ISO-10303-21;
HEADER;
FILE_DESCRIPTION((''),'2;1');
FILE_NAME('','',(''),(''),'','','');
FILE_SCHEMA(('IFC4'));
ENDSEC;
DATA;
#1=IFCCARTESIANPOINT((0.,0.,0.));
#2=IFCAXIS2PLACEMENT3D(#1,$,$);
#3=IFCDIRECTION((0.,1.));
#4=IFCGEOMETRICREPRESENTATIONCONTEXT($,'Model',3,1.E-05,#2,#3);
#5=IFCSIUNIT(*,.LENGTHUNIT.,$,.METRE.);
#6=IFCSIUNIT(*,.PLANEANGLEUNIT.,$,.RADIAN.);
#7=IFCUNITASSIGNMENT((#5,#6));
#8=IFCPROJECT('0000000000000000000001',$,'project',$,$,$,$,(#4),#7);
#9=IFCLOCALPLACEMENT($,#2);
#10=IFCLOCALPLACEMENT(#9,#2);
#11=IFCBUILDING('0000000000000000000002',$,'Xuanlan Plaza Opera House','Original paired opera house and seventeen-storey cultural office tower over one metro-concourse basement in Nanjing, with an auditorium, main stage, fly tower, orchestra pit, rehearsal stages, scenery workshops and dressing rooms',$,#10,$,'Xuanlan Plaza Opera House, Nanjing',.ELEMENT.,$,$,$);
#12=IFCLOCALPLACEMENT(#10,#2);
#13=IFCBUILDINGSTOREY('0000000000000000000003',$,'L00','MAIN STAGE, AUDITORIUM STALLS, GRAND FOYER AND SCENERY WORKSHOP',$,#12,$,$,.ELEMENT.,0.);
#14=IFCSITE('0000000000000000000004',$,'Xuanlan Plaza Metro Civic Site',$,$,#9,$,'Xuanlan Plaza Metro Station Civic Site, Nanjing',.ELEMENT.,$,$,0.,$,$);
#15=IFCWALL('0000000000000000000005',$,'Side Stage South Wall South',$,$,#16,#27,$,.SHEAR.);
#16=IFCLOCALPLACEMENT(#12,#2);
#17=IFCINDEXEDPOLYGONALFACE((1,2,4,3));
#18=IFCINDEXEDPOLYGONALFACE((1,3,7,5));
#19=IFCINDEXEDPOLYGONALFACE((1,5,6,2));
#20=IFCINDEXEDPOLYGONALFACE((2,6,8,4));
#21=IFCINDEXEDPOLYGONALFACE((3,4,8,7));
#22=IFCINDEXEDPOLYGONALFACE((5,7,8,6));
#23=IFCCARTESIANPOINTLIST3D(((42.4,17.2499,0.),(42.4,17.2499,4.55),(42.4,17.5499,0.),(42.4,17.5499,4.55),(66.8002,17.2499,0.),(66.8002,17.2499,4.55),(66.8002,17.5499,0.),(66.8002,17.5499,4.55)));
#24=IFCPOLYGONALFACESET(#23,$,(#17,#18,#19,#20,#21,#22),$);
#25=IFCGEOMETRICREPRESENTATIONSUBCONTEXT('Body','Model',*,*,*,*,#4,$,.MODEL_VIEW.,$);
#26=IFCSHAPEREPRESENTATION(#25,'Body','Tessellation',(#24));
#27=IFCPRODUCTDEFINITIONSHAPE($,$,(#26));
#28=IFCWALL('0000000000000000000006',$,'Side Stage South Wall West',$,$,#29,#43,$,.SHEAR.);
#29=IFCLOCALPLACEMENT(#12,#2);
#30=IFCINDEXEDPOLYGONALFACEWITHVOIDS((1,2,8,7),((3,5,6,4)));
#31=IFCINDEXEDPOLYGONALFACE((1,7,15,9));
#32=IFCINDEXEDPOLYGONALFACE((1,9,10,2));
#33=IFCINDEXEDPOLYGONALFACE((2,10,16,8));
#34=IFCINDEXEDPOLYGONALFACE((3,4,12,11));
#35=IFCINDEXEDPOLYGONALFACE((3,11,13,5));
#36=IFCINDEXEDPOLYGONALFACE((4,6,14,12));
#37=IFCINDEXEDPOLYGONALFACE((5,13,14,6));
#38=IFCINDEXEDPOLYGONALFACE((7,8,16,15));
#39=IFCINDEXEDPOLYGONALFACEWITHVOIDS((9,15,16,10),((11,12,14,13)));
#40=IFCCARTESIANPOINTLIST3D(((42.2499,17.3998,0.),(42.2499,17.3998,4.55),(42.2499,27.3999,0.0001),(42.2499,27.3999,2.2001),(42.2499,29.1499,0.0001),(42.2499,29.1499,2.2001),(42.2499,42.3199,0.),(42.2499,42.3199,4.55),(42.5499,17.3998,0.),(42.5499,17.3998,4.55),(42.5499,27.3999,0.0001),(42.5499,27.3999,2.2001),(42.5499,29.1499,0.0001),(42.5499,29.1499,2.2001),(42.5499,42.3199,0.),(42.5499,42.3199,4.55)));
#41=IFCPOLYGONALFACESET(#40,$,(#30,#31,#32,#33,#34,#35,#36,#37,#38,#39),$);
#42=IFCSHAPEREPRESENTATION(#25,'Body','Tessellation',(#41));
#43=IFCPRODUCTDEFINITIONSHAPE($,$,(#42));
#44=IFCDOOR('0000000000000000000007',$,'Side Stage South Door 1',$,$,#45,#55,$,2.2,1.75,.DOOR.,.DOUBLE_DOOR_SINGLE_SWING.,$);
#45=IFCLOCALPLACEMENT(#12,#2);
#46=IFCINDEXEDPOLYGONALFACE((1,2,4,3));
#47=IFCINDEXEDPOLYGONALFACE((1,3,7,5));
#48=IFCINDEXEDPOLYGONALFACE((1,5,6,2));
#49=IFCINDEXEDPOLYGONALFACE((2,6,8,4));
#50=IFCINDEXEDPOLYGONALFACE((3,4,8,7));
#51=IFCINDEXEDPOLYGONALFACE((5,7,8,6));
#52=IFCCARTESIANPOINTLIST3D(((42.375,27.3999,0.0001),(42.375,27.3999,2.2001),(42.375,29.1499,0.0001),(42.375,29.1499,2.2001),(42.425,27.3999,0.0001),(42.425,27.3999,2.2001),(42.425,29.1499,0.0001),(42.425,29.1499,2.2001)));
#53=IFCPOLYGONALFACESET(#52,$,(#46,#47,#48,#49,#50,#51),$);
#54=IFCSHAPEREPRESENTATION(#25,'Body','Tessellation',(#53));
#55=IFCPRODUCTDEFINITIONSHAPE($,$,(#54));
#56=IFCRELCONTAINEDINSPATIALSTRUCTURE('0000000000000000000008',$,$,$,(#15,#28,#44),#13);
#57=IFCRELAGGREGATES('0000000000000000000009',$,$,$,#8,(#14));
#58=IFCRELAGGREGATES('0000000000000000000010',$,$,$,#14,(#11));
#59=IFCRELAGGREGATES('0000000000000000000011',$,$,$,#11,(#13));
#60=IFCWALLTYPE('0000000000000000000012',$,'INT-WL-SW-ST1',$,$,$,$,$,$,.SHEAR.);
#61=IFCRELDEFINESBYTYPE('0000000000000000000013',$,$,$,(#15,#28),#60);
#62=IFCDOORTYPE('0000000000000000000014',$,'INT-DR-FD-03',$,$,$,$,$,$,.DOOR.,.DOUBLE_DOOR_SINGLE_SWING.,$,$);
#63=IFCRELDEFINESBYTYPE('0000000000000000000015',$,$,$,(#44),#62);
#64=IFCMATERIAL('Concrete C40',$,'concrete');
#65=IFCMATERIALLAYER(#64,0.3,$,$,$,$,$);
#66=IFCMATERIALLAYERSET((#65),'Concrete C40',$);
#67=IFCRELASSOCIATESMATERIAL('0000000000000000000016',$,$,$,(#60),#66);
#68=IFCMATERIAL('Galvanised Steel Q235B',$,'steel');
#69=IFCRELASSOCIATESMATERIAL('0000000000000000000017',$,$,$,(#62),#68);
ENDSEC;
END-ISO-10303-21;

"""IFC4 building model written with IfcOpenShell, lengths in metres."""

from ifc_helpers import new_model, si_unit, direction, frame, frame_2d, origin, place, context, subcontext, project, spatial, rectangle, extrude, material, layer, layer_set, type_object, element, fill, save


model = new_model("IFC4")

# Units and contexts
model_context = context("Model", 3, precision=1e-05, world=origin(), true_north=direction((0.0, 1.0)))
body_context = subcontext(model_context, "Body", "Model", "MODEL_VIEW")
ifc_project = project(units=[si_unit("LENGTHUNIT", "METRE"), si_unit("PLANEANGLEUNIT", "RADIAN")], contexts=[model_context])

# Site, building, storey
site_placement = place(None, origin())
site = spatial("IfcSite", under=ifc_project, at=site_placement, Name="Xuanlan Plaza Metro Civic Site", LongName="Xuanlan Plaza Metro Station Civic Site, Nanjing", CompositionType="ELEMENT", RefElevation=0.0)
building_placement = place(site_placement, origin())
building = spatial("IfcBuilding", under=site, at=building_placement, Name="Xuanlan Plaza Opera House", Description="Original paired opera house and seventeen-storey cultural office tower over one metro-concourse basement in Nanjing, with an auditorium, main stage, fly tower, orchestra pit, rehearsal stages, scenery workshops and dressing rooms", LongName="Xuanlan Plaza Opera House, Nanjing", CompositionType="ELEMENT")
storey_placement = place(building_placement, origin())
storey = spatial("IfcBuildingStorey", under=building, at=storey_placement, Name="L00", Description="MAIN STAGE, AUDITORIUM STALLS, GRAND FOYER AND SCENERY WORKSHOP", CompositionType="ELEMENT", Elevation=0.0)

# Shared definitions
ifc_material_1 = material(Name="Concrete C40", Category="concrete")

# Wall
ifc_layer = layer(ifc_material_1, 0.3)
ifc_layer_set = layer_set([ifc_layer], Name="Concrete C40")
wall_type = type_object("IfcWallType", Name="INT-WL-SW-ST1", PredefinedType="SHEAR", material=ifc_layer_set)
wall_1_placement = place(storey_placement, frame((42.3999, 17.3999, 0.0), z_axis=(0.0, 0.0, 1.0), x_axis=(1.0, 0.0, 0.0)))
element("IfcWall", 1, at=wall_1_placement, inside=storey, type_object=wall_type, Name="Side Stage South Wall South", PredefinedType="SHEAR", context=body_context, shape_type="SweptSolid", body=[
    extrude(rectangle(XDim=24.4001, YDim=0.3, at=frame_2d((12.2002, 0.0))), origin(), (0.0, 0.0, 1.0), 4.55),
])

# Wall, opening, door
wall_2_placement = place(storey_placement, frame((42.3999, 17.3999, 0.0), z_axis=(0.0, 0.0, 1.0), x_axis=(0.0, 1.0, 0.0)))
wall_2 = element("IfcWall", 2, at=wall_2_placement, inside=storey, type_object=wall_type, Name="Side Stage South Wall West", PredefinedType="SHEAR", context=body_context, shape_type="SweptSolid", body=[
    extrude(rectangle(XDim=24.9202, YDim=0.3, at=frame_2d((12.46, 0.0))), origin(), (0.0, 0.0, 1.0), 4.55),
])
opening_placement = place(wall_2_placement, frame((10.0, 0.0, 0.0)))
opening = element("IfcOpeningElement", 3, at=opening_placement, cuts=wall_2, PredefinedType="OPENING", context=body_context, shape_type="SweptSolid", body=[
    extrude(rectangle(XDim=1.75, YDim=2.2, at=frame_2d((0.875, 1.1001))), frame((0.0, 0.1599, 0.0), z_axis=(0.0, -1.0, 0.0), x_axis=(1.0, 0.0, 0.0)), (0.0, 0.0, 1.0), 0.3201),
])
ifc_material_2 = material(Name="Galvanised Steel Q235B", Category="steel")
door_type = type_object("IfcDoorType", Name="INT-DR-FD-03", OperationType="DOUBLE_DOOR_SINGLE_SWING", PredefinedType="DOOR", material=ifc_material_2)
door_placement = place(opening_placement, origin())
door = element("IfcDoor", 4, at=door_placement, inside=storey, type_object=door_type, Name="Side Stage South Door 1", OperationType="DOUBLE_DOOR_SINGLE_SWING", OverallHeight=2.2, OverallWidth=1.75, PredefinedType="DOOR", context=body_context, shape_type="SweptSolid", body=[
    extrude(rectangle(XDim=1.75, YDim=2.2, at=frame_2d((0.875, 1.1001))), frame((0.0, 0.0249, 0.0), z_axis=(0.0, -1.0, 0.0), x_axis=(1.0, 0.0, 0.0)), (0.0, 0.0, 1.0), 0.05),
])
fill(opening, door)

save(model, "model.ifc")
